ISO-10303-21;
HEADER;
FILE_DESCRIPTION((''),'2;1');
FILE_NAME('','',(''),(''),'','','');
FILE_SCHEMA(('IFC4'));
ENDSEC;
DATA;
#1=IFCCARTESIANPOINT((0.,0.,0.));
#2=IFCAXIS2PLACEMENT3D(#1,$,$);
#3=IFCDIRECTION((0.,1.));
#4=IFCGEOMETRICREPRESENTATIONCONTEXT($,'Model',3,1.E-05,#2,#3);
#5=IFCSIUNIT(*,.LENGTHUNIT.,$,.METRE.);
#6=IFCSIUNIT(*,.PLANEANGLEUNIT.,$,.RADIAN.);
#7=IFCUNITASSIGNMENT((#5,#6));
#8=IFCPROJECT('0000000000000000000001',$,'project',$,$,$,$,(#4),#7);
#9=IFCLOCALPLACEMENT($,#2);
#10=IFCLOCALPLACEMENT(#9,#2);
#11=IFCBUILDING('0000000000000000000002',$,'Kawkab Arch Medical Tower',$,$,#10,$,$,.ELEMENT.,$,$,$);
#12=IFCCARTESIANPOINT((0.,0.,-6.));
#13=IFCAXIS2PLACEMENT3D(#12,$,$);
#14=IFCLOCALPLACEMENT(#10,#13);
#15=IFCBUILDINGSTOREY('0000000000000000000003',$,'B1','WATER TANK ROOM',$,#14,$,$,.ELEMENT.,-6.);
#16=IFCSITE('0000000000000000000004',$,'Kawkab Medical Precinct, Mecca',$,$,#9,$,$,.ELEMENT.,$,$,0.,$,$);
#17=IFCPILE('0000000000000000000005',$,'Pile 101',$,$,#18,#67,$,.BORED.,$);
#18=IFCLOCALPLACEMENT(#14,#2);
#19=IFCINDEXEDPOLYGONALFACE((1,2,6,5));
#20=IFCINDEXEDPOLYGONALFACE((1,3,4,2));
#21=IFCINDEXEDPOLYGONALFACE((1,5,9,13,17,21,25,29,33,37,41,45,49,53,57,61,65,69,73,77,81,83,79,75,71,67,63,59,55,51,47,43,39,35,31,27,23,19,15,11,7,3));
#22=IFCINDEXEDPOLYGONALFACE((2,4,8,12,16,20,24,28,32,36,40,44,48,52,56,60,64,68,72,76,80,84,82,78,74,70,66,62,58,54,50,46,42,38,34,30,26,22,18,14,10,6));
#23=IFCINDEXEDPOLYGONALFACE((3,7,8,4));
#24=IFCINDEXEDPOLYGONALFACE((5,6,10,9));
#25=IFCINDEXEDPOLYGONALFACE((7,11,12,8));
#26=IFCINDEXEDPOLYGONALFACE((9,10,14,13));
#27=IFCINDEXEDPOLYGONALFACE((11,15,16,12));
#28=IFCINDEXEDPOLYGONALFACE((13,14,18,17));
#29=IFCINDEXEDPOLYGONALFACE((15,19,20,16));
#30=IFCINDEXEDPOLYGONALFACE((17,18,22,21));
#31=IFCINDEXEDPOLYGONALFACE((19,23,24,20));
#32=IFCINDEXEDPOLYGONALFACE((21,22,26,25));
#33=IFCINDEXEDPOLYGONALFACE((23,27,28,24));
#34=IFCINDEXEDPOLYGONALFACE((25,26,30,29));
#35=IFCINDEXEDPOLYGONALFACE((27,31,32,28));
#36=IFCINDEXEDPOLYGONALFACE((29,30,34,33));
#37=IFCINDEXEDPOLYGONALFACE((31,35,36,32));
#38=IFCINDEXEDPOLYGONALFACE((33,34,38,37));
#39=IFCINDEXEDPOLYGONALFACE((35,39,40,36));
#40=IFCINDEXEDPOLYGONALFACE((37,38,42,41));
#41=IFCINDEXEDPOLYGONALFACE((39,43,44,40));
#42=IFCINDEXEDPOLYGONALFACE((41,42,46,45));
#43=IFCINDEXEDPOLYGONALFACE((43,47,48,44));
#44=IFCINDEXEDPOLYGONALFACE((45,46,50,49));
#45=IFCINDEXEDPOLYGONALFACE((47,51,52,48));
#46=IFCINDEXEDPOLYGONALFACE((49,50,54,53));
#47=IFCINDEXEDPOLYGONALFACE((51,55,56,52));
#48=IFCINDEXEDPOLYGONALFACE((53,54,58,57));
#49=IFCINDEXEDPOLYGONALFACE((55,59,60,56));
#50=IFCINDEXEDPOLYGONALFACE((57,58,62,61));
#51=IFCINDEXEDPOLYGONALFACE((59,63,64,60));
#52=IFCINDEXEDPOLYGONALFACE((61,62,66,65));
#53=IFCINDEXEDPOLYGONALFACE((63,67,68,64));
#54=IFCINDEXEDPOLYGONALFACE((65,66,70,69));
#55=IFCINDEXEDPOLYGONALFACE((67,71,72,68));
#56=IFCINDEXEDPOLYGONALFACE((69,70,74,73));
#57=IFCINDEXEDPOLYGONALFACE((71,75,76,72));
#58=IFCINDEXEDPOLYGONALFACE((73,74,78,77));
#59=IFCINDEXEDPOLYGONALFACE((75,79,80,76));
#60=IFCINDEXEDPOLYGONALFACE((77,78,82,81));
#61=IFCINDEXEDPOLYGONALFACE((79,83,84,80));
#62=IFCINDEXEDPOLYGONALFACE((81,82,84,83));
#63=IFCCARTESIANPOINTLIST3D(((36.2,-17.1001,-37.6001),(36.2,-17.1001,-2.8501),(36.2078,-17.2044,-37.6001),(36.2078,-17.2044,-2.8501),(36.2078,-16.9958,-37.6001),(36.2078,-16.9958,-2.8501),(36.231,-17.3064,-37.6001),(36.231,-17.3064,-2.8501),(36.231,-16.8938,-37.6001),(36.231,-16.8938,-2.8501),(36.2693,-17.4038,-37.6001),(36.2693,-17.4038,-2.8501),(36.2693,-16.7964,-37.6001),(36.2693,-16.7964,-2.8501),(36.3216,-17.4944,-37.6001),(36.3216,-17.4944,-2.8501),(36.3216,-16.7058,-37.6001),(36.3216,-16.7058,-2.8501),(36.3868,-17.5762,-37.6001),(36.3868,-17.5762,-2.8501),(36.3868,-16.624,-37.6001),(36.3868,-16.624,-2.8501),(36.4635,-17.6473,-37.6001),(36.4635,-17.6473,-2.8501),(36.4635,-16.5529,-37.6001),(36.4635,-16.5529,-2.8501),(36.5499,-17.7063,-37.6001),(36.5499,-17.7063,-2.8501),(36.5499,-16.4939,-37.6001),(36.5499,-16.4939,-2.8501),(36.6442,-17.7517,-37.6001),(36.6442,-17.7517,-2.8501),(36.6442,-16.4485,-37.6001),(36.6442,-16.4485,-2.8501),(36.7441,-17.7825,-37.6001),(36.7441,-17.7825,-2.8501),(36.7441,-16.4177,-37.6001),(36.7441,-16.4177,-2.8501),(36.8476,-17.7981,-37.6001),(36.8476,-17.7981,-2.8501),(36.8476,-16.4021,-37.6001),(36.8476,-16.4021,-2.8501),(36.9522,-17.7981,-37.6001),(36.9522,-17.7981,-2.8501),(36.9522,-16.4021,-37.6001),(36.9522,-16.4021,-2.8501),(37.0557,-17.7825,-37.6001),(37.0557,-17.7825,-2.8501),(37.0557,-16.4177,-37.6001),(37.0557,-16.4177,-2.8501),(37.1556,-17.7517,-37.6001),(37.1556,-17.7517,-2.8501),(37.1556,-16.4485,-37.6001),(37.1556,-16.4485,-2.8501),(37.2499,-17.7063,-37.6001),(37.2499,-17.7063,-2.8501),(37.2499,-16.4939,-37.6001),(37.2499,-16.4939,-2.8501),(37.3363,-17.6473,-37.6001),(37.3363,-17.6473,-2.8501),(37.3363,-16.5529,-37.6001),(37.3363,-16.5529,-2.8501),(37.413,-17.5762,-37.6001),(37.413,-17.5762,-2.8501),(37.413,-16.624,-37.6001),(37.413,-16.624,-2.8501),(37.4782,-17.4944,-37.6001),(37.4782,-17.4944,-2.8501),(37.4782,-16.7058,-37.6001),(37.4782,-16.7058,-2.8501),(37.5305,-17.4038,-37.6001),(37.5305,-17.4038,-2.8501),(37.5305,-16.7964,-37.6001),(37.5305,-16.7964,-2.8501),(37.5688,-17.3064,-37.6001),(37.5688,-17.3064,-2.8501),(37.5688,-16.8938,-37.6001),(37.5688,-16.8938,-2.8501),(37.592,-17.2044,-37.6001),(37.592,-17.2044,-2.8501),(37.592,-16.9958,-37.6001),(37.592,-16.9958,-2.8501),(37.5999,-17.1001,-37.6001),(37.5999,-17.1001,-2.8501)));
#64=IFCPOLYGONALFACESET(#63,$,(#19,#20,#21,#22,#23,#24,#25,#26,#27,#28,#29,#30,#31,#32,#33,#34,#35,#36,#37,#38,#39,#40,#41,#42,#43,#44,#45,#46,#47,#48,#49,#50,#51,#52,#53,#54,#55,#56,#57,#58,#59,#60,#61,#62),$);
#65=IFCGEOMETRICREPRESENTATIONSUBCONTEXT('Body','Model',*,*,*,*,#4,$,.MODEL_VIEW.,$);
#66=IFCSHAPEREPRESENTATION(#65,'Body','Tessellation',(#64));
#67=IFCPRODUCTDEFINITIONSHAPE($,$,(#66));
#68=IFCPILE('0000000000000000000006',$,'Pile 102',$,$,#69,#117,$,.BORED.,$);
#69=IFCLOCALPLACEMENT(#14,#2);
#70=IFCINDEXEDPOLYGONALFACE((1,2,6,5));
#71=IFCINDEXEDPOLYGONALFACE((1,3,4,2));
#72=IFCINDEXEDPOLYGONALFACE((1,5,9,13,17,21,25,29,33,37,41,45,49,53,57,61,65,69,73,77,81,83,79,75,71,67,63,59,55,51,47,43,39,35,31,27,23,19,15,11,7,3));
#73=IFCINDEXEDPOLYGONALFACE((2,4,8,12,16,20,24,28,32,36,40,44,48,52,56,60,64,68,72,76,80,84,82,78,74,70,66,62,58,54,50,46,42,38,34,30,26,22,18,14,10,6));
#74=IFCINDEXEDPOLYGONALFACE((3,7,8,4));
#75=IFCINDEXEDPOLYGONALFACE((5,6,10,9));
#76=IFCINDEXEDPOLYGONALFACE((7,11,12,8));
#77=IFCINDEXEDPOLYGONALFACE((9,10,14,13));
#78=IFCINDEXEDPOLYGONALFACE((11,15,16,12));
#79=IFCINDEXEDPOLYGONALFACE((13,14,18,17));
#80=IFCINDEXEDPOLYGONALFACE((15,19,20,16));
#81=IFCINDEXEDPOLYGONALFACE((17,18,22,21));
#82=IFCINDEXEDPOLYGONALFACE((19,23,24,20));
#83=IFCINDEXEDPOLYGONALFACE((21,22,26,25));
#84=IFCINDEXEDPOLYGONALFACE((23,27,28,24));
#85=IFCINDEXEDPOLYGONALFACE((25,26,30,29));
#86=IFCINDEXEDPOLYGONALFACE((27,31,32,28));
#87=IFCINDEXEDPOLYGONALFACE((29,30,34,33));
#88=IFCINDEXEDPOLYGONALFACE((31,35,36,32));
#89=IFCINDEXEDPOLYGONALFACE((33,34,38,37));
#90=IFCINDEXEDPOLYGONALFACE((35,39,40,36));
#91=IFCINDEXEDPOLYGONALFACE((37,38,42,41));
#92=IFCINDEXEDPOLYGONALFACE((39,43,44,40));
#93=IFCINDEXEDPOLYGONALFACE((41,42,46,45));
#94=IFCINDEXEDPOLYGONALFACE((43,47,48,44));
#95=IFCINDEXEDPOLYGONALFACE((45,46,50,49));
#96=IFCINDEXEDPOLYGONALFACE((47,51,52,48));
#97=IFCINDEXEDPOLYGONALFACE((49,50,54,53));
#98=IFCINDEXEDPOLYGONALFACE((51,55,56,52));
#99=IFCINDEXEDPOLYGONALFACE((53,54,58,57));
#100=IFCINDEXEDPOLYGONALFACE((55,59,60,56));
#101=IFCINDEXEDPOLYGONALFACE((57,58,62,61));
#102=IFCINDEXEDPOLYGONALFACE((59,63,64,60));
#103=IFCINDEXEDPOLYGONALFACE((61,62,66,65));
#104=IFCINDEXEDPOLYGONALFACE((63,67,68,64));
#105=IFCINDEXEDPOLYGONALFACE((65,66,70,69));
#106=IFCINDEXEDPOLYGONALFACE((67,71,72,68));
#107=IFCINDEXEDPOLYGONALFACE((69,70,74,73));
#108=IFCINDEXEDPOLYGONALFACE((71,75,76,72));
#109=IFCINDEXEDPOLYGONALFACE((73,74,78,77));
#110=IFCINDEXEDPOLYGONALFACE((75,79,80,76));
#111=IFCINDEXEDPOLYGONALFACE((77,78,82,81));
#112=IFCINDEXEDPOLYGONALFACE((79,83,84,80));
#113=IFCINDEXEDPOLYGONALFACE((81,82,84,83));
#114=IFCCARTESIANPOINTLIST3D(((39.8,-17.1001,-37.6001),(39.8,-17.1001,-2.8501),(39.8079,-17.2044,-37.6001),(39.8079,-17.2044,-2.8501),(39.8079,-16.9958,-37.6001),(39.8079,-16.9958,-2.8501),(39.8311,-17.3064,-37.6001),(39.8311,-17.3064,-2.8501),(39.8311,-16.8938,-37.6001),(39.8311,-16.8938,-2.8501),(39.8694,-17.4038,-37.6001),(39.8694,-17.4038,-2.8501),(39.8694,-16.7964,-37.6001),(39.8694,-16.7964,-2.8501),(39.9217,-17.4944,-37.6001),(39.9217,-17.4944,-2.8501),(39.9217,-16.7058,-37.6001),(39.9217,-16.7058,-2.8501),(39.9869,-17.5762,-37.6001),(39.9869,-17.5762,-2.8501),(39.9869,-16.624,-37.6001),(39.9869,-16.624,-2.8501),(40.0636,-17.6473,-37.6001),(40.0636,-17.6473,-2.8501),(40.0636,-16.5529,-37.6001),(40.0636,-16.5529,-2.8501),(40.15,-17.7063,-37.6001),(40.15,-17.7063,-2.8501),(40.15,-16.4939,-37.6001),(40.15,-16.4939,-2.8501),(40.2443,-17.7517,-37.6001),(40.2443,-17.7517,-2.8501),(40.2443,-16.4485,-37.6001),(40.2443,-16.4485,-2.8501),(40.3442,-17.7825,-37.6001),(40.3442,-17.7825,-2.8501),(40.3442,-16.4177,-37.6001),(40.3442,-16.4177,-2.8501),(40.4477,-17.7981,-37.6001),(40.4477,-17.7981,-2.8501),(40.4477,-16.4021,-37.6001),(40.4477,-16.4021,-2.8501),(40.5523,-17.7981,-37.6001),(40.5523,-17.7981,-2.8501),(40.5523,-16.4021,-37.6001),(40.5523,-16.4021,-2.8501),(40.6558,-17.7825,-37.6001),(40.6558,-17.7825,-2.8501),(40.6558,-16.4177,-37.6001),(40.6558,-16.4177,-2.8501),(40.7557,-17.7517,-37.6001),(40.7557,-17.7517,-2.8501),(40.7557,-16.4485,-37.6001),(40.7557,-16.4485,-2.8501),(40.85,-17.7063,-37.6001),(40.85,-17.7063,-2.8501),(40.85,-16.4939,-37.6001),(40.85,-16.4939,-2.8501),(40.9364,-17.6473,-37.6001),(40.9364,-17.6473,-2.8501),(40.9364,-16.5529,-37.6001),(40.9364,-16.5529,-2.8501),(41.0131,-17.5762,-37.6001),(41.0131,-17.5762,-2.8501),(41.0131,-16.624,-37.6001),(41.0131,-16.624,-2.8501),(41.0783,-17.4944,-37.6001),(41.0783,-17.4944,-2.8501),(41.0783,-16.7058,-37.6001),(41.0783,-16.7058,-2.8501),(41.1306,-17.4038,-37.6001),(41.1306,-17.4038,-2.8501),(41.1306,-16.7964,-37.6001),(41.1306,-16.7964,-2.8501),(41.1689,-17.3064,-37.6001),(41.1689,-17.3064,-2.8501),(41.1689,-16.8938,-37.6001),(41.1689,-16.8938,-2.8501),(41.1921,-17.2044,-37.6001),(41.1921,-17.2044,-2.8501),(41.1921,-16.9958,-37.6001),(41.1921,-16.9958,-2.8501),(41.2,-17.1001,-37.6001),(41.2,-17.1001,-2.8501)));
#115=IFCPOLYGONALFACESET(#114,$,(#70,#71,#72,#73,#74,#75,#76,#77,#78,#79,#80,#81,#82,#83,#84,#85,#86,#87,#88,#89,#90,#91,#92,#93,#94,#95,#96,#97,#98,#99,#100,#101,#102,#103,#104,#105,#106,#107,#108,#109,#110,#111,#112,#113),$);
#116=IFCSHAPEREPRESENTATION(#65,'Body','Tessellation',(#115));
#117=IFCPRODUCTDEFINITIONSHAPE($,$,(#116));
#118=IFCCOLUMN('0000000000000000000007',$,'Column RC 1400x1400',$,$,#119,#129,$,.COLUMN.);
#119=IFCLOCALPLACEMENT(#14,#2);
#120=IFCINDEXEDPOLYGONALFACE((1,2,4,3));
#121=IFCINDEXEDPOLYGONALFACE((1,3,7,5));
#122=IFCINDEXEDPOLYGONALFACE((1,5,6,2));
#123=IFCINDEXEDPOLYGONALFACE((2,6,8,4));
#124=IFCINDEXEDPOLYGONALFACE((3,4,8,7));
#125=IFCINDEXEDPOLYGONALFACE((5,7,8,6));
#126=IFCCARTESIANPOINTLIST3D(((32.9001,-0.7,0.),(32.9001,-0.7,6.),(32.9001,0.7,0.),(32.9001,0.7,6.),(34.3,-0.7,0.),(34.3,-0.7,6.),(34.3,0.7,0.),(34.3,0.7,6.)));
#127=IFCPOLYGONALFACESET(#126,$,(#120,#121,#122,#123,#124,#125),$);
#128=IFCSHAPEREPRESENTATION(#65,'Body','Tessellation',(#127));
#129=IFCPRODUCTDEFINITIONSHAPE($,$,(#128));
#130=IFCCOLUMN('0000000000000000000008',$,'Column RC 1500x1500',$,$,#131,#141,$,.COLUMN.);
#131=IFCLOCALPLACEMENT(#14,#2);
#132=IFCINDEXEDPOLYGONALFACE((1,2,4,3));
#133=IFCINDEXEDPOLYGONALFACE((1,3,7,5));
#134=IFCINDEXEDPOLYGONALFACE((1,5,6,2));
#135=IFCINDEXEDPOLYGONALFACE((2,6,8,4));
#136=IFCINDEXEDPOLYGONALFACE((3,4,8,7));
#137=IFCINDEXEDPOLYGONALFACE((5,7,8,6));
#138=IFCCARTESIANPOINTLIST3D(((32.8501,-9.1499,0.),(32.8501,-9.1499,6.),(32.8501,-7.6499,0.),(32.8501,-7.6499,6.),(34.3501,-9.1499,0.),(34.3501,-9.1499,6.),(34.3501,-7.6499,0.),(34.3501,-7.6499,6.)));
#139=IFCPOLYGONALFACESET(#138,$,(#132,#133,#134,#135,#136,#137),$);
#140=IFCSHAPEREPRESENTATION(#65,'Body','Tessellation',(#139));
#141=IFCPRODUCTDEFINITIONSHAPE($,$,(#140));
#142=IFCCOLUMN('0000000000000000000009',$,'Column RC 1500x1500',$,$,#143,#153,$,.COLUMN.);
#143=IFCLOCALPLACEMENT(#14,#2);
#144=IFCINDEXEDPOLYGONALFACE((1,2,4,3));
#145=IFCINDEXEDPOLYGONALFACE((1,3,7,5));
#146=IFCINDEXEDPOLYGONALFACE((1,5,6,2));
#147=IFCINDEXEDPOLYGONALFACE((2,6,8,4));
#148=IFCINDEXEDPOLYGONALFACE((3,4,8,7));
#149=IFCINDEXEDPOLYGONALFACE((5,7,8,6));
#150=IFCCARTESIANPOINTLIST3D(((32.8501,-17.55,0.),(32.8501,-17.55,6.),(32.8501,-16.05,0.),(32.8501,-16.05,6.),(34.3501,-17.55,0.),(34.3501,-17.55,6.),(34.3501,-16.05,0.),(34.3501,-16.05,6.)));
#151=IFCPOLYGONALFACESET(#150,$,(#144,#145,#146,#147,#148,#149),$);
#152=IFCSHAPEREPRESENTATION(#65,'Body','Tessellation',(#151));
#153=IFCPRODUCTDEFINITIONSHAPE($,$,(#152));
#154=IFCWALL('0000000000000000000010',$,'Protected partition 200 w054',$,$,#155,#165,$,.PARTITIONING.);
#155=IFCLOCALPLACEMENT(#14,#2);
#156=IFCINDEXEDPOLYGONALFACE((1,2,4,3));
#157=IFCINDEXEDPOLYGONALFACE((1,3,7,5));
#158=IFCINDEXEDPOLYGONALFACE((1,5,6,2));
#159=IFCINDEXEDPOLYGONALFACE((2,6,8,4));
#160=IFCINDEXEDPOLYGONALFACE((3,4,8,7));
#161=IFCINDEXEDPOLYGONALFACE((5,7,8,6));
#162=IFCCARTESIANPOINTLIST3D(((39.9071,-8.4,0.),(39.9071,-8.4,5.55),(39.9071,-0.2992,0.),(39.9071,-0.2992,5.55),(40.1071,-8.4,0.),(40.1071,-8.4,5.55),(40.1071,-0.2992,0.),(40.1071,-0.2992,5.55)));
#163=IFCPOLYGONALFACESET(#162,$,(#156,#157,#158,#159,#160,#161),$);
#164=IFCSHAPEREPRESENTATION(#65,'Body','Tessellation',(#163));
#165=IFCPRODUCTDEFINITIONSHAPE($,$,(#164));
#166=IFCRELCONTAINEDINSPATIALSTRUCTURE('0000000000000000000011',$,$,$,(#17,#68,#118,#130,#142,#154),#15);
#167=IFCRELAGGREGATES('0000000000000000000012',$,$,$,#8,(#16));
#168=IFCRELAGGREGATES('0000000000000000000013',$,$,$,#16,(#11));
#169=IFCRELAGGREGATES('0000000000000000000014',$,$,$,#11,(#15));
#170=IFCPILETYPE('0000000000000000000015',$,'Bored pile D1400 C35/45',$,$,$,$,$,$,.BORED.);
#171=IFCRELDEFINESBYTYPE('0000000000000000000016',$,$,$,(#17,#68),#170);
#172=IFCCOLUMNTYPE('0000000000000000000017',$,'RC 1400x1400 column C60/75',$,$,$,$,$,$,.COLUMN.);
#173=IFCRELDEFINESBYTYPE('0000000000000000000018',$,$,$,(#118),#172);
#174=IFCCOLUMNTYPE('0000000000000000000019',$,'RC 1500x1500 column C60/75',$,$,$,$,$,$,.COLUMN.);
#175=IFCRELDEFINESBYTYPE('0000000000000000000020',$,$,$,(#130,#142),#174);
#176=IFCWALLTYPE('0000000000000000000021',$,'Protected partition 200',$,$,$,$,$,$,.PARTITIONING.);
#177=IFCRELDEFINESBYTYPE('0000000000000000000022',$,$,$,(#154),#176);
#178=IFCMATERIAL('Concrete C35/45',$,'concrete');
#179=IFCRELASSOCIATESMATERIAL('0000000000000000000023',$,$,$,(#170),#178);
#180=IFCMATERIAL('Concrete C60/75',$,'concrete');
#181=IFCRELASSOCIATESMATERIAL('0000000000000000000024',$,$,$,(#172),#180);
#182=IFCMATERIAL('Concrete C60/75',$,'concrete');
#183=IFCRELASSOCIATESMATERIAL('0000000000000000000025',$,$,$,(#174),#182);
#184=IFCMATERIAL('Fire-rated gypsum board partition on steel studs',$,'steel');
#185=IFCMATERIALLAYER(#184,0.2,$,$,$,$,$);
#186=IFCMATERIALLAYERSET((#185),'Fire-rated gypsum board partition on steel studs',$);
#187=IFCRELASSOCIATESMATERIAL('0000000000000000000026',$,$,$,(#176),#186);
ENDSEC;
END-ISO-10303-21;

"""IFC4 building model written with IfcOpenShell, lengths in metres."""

from ifc_helpers import new_model, si_unit, direction, frame, frame_2d, origin, origin_2d, place, context, subcontext, project, spatial, rectangle, circle, extrude, material, layer, layer_set, material_profile, profile_set, type_object, element, save


model = new_model("IFC4")

# Units and contexts
model_context = context("Model", 3, precision=1e-05, world=origin(), true_north=direction((0.0, 1.0)))
body_context = subcontext(model_context, "Body", "Model", "MODEL_VIEW")
ifc_project = project(units=[si_unit("LENGTHUNIT", "METRE"), si_unit("PLANEANGLEUNIT", "RADIAN")], contexts=[model_context])

# Site, building, storey
site_placement = place(None, origin())
site = spatial("IfcSite", under=ifc_project, at=site_placement, Name="Kawkab Medical Precinct, Mecca", CompositionType="ELEMENT", RefElevation=0.0)
building_placement = place(site_placement, origin())
building = spatial("IfcBuilding", under=site, at=building_placement, Name="Kawkab Arch Medical Tower", CompositionType="ELEMENT")
storey_placement = place(building_placement, frame((0.0, 0.0, -6.0)))
storey = spatial("IfcBuildingStorey", under=building, at=storey_placement, Name="B1", Description="WATER TANK ROOM", CompositionType="ELEMENT", Elevation=-6.0)

# Piles
ifc_material_1 = material(Name="Concrete C35/45", Category="concrete")
ifc_material_profile_1 = material_profile(ifc_material_1, circle(Radius=0.7, at=origin_2d()), Name="Bored pile D1400")
ifc_profile_set_1 = profile_set([ifc_material_profile_1], Name="Concrete C35/45")
pile_type = type_object("IfcPileType", Name="Bored pile D1400 C35/45", PredefinedType="BORED", material=ifc_profile_set_1)
for number, where, z_axis, x_axis, name in (
    (1, (36.8999, -17.1001, -2.8501), (0.0, 0.0, -1.0), (1.0, 0.0, 0.0), "Pile 101"),
    (2, (40.5, -17.1001, -2.8501), (0.0, 0.0, -1.0), (1.0, 0.0, 0.0), "Pile 102"),
):
    element("IfcPile", number, at=place(storey_placement, frame(where, z_axis=z_axis, x_axis=x_axis)), inside=storey, type_object=pile_type, Name=name, PredefinedType="BORED", context=body_context, shape_type="SweptSolid", body=[
        extrude(circle(Radius=0.7, at=origin_2d()), origin(), (0.0, 0.0, 1.0), 34.75),
    ])

# Columns
ifc_material_2 = material(Name="Concrete C60/75", Category="concrete")
ifc_material_profile_2 = material_profile(ifc_material_2, rectangle(XDim=1.3999, YDim=1.3999, at=origin_2d()), Name="RC 1400x1400")
ifc_profile_set_2 = profile_set([ifc_material_profile_2], Name="Concrete C60/75")
column_type_1 = type_object("IfcColumnType", Name="RC 1400x1400 column C60/75", PredefinedType="COLUMN", material=ifc_profile_set_2)
column_placement = place(storey_placement, frame((33.6001, 0.0, 0.0), z_axis=(0.0, 0.0, 1.0), x_axis=(1.0, 0.0, 0.0)))
element("IfcColumn", 3, at=column_placement, inside=storey, type_object=column_type_1, Name="Column RC 1400x1400", PredefinedType="COLUMN", context=body_context, shape_type="SweptSolid", body=[
    extrude(rectangle(XDim=1.3999, YDim=1.3999, at=origin_2d()), origin(), (0.0, 0.0, 1.0), 6.0),
])
ifc_material_3 = material(Name="Concrete C60/75", Category="concrete")
ifc_material_profile_3 = material_profile(ifc_material_3, rectangle(XDim=1.5, YDim=1.5, at=origin_2d()), Name="RC 1500x1500")
ifc_profile_set_3 = profile_set([ifc_material_profile_3], Name="Concrete C60/75")
column_type_2 = type_object("IfcColumnType", Name="RC 1500x1500 column C60/75", PredefinedType="COLUMN", material=ifc_profile_set_3)
for number, where, z_axis, x_axis, name in (
    (4, (33.6001, -8.3999, 0.0), (0.0, 0.0, 1.0), (1.0, 0.0, 0.0), "Column RC 1500x1500"),
    (5, (33.6001, -16.8, 0.0), (0.0, 0.0, 1.0), (1.0, 0.0, 0.0), "Column RC 1500x1500"),
):
    element("IfcColumn", number, at=place(storey_placement, frame(where, z_axis=z_axis, x_axis=x_axis)), inside=storey, type_object=column_type_2, Name=name, PredefinedType="COLUMN", context=body_context, shape_type="SweptSolid", body=[
        extrude(rectangle(XDim=1.5, YDim=1.5, at=origin_2d()), origin(), (0.0, 0.0, 1.0), 6.0),
    ])

# Wall
ifc_material_4 = material(Name="Fire-rated gypsum board partition on steel studs", Category="steel")
ifc_layer = layer(ifc_material_4, 0.2)
ifc_layer_set = layer_set([ifc_layer], Name="Fire-rated gypsum board partition on steel studs")
wall_type = type_object("IfcWallType", Name="Protected partition 200", PredefinedType="PARTITIONING", material=ifc_layer_set)
wall_placement = place(storey_placement, frame((40.0071, -8.3999, 0.0), z_axis=(0.0, 0.0, 1.0), x_axis=(0.0, 1.0, 0.0)))
element("IfcWall", 6, at=wall_placement, inside=storey, type_object=wall_type, Name="Protected partition 200 w054", PredefinedType="PARTITIONING", context=body_context, shape_type="SweptSolid", body=[
    extrude(rectangle(XDim=8.1008, YDim=0.2, at=frame_2d((4.0503, 0.0))), origin(), (0.0, 0.0, 1.0), 5.55),
])

save(model, "model.ifc")
